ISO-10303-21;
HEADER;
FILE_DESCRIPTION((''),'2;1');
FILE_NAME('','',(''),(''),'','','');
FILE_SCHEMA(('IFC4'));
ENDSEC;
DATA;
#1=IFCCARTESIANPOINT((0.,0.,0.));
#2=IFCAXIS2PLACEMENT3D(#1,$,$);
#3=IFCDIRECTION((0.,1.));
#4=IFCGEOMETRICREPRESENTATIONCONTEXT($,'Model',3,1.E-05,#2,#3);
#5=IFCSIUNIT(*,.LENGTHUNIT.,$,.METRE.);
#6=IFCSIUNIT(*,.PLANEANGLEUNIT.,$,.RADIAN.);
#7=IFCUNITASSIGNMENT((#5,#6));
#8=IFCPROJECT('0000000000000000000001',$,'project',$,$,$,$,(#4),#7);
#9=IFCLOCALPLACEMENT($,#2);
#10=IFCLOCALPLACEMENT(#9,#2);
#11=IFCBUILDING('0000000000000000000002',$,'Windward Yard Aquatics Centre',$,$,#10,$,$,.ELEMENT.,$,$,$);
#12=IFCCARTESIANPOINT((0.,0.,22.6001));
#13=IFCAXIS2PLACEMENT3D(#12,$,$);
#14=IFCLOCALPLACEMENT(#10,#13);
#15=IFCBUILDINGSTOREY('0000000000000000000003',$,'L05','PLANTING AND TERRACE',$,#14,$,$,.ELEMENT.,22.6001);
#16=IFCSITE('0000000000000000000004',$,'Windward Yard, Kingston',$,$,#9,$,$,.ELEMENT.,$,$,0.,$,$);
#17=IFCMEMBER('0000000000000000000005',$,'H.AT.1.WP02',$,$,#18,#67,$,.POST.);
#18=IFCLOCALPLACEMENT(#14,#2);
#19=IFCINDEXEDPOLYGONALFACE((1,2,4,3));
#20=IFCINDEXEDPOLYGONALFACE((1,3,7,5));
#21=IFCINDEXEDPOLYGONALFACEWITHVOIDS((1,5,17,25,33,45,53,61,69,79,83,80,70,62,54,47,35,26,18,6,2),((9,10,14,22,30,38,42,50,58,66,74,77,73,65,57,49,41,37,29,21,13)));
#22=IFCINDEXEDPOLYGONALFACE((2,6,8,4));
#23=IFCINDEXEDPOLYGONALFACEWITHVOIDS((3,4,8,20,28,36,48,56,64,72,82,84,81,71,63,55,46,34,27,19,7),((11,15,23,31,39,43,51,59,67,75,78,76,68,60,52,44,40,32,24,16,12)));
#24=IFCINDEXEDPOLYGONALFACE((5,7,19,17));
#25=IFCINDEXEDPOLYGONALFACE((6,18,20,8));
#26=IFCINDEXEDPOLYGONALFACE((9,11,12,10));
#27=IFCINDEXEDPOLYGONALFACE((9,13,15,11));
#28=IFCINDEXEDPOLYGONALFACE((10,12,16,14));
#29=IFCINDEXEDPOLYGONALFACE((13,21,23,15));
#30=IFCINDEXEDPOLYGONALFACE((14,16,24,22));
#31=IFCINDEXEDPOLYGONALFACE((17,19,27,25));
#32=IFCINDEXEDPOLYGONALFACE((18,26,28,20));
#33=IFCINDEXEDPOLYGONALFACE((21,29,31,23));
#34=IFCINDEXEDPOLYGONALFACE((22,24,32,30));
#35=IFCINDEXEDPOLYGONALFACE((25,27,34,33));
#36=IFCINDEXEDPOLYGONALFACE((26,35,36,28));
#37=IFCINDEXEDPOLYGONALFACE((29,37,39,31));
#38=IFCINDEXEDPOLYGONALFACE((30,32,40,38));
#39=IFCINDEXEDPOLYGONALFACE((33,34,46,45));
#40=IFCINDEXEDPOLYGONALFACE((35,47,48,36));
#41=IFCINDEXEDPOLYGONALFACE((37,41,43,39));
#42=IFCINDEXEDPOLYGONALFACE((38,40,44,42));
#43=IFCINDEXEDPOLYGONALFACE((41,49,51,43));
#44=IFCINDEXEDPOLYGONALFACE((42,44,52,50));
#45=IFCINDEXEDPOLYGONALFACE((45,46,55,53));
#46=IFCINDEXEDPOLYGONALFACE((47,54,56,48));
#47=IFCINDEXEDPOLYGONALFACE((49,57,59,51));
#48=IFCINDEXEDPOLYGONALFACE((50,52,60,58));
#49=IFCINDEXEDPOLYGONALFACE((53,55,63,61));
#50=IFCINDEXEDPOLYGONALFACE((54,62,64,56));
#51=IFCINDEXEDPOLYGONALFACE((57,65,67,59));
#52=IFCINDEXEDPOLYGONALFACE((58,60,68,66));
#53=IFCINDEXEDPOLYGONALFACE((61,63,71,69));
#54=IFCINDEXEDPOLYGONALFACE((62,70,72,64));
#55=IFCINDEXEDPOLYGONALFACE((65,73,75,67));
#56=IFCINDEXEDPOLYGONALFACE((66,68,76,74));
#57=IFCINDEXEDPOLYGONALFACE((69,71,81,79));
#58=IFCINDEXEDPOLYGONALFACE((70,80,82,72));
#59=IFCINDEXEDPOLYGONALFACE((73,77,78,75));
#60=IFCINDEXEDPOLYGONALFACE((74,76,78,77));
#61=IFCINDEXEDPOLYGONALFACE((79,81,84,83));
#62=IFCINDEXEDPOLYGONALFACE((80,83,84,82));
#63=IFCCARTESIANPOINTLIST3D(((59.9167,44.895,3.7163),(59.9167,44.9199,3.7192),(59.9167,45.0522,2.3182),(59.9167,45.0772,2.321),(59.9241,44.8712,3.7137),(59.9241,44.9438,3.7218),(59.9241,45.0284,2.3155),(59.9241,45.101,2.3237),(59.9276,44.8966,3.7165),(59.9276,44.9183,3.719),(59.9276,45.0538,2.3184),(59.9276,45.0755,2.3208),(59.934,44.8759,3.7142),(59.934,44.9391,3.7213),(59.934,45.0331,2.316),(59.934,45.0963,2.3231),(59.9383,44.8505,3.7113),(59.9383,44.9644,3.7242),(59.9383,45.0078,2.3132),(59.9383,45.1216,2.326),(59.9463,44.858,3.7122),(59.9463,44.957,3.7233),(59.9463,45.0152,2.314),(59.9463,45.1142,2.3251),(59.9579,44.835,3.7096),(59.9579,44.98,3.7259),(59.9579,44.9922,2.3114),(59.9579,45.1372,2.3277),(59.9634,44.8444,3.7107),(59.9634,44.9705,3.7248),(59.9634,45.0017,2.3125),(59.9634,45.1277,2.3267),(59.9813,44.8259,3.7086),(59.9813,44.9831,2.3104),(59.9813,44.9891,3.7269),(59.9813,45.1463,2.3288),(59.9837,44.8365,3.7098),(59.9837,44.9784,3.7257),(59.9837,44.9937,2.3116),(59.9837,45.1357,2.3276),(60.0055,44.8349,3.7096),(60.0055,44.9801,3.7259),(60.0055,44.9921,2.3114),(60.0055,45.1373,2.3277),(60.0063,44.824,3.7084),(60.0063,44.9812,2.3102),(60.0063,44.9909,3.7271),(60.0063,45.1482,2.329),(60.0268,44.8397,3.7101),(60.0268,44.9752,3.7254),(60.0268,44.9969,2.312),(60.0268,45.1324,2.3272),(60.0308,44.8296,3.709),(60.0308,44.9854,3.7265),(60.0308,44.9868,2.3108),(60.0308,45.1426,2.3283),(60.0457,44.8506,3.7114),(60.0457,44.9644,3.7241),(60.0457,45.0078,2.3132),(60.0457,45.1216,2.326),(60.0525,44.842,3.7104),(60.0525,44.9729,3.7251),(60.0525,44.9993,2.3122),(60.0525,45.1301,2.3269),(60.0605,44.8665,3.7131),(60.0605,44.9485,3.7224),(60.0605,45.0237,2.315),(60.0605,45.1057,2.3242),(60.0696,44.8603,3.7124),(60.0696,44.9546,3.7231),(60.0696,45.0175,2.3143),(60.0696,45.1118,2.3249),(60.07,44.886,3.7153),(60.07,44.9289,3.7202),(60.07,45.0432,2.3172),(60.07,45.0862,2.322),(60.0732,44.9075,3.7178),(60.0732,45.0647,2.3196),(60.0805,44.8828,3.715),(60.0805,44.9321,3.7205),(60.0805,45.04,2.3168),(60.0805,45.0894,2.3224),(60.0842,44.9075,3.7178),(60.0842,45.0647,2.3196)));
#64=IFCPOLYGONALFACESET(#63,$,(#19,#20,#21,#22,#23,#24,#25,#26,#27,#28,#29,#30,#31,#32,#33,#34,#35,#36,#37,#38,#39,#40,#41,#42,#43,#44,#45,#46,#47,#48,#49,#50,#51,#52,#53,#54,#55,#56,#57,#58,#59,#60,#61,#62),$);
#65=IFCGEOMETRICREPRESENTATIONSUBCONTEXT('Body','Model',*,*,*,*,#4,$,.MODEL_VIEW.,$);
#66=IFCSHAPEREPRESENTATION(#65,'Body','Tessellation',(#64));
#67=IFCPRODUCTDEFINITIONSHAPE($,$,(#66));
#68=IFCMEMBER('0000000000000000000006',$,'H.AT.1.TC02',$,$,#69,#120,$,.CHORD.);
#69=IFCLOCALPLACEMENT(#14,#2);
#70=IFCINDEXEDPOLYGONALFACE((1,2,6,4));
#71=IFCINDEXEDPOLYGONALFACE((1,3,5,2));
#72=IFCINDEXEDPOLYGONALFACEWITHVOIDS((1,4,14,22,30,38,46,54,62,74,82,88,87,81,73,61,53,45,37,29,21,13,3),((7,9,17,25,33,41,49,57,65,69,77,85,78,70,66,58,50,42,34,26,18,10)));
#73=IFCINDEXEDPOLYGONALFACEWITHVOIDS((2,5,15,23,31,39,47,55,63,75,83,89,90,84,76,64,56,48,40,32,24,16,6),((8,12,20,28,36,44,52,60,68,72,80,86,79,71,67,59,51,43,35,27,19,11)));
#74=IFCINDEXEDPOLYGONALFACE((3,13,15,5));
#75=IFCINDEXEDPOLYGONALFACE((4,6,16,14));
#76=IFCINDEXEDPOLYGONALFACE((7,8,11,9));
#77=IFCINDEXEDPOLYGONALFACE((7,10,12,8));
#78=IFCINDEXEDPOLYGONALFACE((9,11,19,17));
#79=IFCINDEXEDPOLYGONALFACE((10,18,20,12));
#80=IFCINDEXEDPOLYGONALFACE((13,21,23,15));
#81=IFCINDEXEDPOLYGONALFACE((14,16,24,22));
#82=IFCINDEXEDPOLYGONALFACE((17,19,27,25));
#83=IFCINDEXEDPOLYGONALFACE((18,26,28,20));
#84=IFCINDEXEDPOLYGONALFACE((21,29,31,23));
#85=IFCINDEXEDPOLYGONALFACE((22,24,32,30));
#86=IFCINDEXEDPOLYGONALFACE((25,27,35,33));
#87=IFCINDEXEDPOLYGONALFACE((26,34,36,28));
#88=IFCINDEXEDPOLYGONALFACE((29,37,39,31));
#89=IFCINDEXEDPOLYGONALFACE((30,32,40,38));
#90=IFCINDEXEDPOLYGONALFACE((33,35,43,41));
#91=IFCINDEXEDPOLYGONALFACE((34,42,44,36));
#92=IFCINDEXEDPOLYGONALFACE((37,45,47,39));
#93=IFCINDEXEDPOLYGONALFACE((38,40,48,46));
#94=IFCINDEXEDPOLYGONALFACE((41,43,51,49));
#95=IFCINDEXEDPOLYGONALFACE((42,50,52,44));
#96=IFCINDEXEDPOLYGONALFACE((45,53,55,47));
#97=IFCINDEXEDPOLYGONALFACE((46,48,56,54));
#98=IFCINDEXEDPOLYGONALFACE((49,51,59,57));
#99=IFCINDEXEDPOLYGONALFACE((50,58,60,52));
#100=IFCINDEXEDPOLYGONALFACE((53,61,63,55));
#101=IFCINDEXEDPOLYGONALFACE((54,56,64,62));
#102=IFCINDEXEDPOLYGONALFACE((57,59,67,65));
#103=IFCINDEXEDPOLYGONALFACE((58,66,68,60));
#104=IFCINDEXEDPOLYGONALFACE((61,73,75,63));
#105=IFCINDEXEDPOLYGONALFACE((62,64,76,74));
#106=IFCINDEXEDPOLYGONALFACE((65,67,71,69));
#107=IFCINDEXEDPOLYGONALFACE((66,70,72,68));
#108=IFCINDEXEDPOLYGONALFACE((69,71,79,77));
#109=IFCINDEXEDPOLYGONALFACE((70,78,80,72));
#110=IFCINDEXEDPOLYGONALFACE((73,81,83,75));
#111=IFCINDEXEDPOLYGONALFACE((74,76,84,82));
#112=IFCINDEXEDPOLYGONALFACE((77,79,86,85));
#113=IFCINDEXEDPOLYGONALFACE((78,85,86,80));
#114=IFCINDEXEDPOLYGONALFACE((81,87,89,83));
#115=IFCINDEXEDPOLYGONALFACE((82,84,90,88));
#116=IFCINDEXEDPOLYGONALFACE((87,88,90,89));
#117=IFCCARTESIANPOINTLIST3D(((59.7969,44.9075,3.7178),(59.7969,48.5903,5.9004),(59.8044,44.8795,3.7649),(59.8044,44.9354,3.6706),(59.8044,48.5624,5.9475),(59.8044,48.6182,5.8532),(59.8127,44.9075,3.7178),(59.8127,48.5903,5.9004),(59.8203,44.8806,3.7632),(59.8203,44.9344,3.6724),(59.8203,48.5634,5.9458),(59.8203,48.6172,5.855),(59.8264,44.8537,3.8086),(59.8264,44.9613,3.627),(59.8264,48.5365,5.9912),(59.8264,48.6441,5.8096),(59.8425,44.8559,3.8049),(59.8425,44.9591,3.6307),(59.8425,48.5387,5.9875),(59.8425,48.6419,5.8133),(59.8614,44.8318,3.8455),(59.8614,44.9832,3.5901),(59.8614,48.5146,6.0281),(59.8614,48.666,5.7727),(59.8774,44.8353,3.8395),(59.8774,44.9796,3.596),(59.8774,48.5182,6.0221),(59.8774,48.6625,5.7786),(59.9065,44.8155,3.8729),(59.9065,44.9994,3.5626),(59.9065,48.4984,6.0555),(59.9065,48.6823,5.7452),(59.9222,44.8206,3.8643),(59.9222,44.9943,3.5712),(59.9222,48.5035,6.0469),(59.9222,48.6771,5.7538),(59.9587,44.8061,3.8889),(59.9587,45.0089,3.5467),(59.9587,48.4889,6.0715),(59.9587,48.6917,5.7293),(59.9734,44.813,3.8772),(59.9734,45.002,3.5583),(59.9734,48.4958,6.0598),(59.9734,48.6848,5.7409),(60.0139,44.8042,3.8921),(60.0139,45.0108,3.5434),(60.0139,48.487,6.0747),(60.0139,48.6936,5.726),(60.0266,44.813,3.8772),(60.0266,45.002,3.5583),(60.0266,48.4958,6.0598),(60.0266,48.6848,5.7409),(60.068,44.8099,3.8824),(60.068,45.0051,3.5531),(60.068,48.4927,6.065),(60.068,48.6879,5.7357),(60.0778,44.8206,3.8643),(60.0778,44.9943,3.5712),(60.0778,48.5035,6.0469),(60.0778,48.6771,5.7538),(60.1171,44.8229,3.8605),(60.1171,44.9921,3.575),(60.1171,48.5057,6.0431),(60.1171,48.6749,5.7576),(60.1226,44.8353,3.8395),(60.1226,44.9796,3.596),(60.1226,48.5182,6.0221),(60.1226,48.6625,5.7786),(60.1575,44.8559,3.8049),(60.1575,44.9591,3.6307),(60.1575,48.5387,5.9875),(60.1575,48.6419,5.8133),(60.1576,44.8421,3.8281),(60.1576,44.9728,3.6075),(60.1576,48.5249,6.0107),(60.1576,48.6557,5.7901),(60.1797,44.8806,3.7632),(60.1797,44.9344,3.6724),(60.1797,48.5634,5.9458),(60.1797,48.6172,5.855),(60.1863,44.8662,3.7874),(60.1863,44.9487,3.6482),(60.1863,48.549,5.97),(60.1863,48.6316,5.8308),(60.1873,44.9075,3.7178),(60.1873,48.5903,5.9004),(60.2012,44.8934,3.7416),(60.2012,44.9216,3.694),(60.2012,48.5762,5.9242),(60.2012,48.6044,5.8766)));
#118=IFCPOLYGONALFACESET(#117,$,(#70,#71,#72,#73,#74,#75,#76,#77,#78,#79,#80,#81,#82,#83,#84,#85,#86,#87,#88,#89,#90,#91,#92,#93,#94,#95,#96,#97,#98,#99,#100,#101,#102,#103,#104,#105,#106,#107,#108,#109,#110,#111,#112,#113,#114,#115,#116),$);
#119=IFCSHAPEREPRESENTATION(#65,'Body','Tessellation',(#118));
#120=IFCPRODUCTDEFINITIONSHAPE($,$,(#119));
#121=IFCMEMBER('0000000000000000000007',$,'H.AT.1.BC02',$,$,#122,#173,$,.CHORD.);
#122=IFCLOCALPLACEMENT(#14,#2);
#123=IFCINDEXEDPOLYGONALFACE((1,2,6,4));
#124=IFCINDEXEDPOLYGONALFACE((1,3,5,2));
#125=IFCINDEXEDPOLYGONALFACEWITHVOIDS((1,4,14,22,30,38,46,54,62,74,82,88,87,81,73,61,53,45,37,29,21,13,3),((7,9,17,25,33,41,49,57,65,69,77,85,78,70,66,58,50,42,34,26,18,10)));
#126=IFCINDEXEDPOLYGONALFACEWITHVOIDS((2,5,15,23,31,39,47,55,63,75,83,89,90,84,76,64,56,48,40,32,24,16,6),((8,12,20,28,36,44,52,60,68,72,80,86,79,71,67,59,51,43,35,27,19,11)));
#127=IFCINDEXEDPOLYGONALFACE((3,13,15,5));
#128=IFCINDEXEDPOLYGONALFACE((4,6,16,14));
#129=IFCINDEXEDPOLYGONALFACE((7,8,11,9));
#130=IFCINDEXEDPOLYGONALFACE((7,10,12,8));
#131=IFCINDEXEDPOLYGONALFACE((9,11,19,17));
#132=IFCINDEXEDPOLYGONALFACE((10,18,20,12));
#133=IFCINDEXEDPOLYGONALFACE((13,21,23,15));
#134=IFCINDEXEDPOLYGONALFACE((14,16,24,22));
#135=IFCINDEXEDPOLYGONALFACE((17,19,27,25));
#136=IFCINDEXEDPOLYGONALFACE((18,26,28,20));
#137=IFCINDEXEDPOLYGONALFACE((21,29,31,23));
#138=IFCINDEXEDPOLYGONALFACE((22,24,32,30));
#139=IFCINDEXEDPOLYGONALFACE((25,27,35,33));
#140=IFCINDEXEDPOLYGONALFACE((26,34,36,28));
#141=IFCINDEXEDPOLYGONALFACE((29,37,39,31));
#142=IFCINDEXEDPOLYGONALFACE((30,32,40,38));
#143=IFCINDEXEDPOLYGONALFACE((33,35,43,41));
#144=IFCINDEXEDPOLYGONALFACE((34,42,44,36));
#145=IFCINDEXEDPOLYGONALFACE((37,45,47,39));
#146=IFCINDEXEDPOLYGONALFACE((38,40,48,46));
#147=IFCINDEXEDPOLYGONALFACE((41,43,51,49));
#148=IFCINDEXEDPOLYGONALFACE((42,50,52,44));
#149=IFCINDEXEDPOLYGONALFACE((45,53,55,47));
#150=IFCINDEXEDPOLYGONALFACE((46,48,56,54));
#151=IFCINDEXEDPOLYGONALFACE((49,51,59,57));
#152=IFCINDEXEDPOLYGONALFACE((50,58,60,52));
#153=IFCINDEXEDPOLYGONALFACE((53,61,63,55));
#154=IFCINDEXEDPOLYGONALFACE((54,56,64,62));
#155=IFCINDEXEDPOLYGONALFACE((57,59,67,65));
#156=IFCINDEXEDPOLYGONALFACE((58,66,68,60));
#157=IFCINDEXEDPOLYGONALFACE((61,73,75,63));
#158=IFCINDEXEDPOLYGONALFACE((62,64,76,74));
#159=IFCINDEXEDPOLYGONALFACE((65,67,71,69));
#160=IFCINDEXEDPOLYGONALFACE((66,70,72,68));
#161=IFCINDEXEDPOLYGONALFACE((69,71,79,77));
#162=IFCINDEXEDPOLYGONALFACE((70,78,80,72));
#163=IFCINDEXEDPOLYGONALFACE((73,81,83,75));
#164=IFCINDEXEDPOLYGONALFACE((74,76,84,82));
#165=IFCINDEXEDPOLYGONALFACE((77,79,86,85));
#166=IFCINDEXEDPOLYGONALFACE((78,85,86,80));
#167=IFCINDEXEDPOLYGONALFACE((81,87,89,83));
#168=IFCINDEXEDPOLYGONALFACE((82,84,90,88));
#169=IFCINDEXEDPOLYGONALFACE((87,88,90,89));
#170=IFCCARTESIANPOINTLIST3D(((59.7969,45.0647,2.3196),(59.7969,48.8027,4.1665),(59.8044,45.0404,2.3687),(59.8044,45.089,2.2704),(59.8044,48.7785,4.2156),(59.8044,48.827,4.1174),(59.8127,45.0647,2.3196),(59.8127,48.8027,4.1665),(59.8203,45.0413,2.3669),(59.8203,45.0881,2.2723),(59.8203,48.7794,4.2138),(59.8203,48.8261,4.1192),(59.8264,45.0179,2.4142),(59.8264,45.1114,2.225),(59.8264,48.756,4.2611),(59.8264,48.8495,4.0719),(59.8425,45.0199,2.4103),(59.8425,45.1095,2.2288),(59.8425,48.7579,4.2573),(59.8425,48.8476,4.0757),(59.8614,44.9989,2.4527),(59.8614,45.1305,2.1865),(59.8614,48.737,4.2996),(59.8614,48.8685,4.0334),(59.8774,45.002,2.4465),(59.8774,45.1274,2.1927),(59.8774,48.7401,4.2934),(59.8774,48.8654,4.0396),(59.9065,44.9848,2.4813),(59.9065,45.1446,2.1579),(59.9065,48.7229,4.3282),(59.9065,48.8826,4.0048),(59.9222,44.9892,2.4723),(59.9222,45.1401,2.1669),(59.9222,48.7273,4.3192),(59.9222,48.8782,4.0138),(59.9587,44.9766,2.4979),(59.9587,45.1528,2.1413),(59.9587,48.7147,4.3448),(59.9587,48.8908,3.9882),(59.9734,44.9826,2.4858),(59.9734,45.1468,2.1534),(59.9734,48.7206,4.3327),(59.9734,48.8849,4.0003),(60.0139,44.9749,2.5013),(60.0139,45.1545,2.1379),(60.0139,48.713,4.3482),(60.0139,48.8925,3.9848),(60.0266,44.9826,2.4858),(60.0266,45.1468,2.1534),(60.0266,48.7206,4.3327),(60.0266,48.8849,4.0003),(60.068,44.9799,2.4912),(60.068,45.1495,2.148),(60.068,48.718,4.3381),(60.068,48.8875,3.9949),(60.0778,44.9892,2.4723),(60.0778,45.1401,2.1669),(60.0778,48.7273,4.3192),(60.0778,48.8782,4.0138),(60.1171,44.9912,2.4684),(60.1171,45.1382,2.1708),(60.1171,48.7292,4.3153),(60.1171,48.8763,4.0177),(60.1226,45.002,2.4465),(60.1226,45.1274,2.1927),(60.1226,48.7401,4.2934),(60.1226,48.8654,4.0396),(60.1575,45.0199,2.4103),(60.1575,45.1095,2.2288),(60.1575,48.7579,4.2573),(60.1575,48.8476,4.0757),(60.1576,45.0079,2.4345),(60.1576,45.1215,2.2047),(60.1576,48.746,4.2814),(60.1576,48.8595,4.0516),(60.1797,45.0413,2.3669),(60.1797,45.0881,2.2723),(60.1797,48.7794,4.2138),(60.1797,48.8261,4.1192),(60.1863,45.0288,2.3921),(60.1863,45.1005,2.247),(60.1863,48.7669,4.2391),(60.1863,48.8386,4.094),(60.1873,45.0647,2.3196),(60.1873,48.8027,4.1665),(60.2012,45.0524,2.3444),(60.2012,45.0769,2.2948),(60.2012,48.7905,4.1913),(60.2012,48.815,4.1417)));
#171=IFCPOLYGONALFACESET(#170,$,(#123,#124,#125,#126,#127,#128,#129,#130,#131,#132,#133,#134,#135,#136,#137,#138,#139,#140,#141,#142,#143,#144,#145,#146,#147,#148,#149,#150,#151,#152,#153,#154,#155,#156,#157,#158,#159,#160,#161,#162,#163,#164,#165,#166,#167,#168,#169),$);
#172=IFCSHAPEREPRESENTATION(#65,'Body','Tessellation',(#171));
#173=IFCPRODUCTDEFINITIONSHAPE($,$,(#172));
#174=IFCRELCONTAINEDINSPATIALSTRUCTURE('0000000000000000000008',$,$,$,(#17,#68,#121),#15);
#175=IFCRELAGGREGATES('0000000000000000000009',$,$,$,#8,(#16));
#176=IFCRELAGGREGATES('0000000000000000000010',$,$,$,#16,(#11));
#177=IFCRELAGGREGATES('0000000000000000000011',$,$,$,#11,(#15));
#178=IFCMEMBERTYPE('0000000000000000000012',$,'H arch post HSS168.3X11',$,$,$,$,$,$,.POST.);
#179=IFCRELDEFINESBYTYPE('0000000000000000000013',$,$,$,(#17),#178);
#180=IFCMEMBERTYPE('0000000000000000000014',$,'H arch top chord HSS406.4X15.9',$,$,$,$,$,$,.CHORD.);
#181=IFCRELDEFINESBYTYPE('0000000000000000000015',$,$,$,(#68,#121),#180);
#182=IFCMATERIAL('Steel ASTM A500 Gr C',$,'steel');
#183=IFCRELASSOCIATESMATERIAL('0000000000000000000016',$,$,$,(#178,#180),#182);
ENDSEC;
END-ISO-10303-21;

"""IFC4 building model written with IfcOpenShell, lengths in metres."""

from ifc_helpers import new_model, si_unit, direction, frame, origin, origin_2d, place, context, subcontext, project, spatial, hollow_circle, extrude, material, material_profile, profile_set, type_object, element, save


model = new_model("IFC4")

# Units and contexts
model_context = context("Model", 3, precision=1e-05, world=origin(), true_north=direction((0.0, 1.0)))
body_context = subcontext(model_context, "Body", "Model", "MODEL_VIEW")
ifc_project = project(units=[si_unit("LENGTHUNIT", "METRE"), si_unit("PLANEANGLEUNIT", "RADIAN")], contexts=[model_context])

# Site, building, storey
site_placement = place(None, origin())
site = spatial("IfcSite", under=ifc_project, at=site_placement, Name="Windward Yard, Kingston", CompositionType="ELEMENT", RefElevation=0.0)
building_placement = place(site_placement, origin())
building = spatial("IfcBuilding", under=site, at=building_placement, Name="Windward Yard Aquatics Centre", CompositionType="ELEMENT")
storey_placement = place(building_placement, frame((0.0, 0.0, 22.6001)))
storey = spatial("IfcBuildingStorey", under=building, at=storey_placement, Name="L05", Description="PLANTING AND TERRACE", CompositionType="ELEMENT", Elevation=22.6001)

# Members
ifc_material_1 = material(Name="Steel ASTM A500 Gr C", Category="steel")
ifc_material_profile_1 = material_profile(ifc_material_1, hollow_circle(Radius=0.0842, WallThickness=0.011, at=origin_2d()), Name="HSS168.3X11")
ifc_profile_set_1 = profile_set([ifc_material_profile_1], Name="Steel ASTM A500 Gr C")
member_type_1 = type_object("IfcMemberType", Name="H arch post HSS168.3X11", PredefinedType="POST", material=ifc_profile_set_1)
member_1_placement = place(storey_placement, frame((60.0, 45.0647, 2.3196), z_axis=(0.0, -0.111746, 0.993737), x_axis=(1.0, 0.0, 0.0)))
element("IfcMember", 1, at=member_1_placement, inside=storey, type_object=member_type_1, Name="H.AT.1.WP02", PredefinedType="POST", context=body_context, shape_type="SweptSolid", body=[
    extrude(hollow_circle(Radius=0.0842, WallThickness=0.011, at=origin_2d()), origin(), (0.0, 0.0, 1.0), 1.407),
])
ifc_material_profile_2 = material_profile(ifc_material_1, hollow_circle(Radius=0.2031, WallThickness=0.0159, at=origin_2d()), Name="HSS406.4X15.9")
ifc_profile_set_2 = profile_set([ifc_material_profile_2], Name="Steel ASTM A500 Gr C")
member_type_2 = type_object("IfcMemberType", Name="H arch top chord HSS406.4X15.9", PredefinedType="CHORD", material=ifc_profile_set_2)
member_2_placement = place(storey_placement, frame((60.0, 44.9075, 3.7178), z_axis=(0.0, 0.860273, 0.509834), x_axis=(-1.0, 0.0, 0.0)))
element("IfcMember", 2, at=member_2_placement, inside=storey, type_object=member_type_2, Name="H.AT.1.TC02", PredefinedType="CHORD", context=body_context, shape_type="SweptSolid", body=[
    extrude(hollow_circle(Radius=0.2031, WallThickness=0.0159, at=origin_2d()), origin(), (0.0, 0.0, 1.0), 4.281),
])
member_3_placement = place(storey_placement, frame((60.0, 45.0647, 2.3196), z_axis=(0.0, 0.896537, 0.442969), x_axis=(-1.0, 0.0, 0.0)))
element("IfcMember", 3, at=member_3_placement, inside=storey, type_object=member_type_2, Name="H.AT.1.BC02", PredefinedType="CHORD", context=body_context, shape_type="SweptSolid", body=[
    extrude(hollow_circle(Radius=0.2031, WallThickness=0.0159, at=origin_2d()), origin(), (0.0, 0.0, 1.0), 4.1694),
])

save(model, "model.ifc")
